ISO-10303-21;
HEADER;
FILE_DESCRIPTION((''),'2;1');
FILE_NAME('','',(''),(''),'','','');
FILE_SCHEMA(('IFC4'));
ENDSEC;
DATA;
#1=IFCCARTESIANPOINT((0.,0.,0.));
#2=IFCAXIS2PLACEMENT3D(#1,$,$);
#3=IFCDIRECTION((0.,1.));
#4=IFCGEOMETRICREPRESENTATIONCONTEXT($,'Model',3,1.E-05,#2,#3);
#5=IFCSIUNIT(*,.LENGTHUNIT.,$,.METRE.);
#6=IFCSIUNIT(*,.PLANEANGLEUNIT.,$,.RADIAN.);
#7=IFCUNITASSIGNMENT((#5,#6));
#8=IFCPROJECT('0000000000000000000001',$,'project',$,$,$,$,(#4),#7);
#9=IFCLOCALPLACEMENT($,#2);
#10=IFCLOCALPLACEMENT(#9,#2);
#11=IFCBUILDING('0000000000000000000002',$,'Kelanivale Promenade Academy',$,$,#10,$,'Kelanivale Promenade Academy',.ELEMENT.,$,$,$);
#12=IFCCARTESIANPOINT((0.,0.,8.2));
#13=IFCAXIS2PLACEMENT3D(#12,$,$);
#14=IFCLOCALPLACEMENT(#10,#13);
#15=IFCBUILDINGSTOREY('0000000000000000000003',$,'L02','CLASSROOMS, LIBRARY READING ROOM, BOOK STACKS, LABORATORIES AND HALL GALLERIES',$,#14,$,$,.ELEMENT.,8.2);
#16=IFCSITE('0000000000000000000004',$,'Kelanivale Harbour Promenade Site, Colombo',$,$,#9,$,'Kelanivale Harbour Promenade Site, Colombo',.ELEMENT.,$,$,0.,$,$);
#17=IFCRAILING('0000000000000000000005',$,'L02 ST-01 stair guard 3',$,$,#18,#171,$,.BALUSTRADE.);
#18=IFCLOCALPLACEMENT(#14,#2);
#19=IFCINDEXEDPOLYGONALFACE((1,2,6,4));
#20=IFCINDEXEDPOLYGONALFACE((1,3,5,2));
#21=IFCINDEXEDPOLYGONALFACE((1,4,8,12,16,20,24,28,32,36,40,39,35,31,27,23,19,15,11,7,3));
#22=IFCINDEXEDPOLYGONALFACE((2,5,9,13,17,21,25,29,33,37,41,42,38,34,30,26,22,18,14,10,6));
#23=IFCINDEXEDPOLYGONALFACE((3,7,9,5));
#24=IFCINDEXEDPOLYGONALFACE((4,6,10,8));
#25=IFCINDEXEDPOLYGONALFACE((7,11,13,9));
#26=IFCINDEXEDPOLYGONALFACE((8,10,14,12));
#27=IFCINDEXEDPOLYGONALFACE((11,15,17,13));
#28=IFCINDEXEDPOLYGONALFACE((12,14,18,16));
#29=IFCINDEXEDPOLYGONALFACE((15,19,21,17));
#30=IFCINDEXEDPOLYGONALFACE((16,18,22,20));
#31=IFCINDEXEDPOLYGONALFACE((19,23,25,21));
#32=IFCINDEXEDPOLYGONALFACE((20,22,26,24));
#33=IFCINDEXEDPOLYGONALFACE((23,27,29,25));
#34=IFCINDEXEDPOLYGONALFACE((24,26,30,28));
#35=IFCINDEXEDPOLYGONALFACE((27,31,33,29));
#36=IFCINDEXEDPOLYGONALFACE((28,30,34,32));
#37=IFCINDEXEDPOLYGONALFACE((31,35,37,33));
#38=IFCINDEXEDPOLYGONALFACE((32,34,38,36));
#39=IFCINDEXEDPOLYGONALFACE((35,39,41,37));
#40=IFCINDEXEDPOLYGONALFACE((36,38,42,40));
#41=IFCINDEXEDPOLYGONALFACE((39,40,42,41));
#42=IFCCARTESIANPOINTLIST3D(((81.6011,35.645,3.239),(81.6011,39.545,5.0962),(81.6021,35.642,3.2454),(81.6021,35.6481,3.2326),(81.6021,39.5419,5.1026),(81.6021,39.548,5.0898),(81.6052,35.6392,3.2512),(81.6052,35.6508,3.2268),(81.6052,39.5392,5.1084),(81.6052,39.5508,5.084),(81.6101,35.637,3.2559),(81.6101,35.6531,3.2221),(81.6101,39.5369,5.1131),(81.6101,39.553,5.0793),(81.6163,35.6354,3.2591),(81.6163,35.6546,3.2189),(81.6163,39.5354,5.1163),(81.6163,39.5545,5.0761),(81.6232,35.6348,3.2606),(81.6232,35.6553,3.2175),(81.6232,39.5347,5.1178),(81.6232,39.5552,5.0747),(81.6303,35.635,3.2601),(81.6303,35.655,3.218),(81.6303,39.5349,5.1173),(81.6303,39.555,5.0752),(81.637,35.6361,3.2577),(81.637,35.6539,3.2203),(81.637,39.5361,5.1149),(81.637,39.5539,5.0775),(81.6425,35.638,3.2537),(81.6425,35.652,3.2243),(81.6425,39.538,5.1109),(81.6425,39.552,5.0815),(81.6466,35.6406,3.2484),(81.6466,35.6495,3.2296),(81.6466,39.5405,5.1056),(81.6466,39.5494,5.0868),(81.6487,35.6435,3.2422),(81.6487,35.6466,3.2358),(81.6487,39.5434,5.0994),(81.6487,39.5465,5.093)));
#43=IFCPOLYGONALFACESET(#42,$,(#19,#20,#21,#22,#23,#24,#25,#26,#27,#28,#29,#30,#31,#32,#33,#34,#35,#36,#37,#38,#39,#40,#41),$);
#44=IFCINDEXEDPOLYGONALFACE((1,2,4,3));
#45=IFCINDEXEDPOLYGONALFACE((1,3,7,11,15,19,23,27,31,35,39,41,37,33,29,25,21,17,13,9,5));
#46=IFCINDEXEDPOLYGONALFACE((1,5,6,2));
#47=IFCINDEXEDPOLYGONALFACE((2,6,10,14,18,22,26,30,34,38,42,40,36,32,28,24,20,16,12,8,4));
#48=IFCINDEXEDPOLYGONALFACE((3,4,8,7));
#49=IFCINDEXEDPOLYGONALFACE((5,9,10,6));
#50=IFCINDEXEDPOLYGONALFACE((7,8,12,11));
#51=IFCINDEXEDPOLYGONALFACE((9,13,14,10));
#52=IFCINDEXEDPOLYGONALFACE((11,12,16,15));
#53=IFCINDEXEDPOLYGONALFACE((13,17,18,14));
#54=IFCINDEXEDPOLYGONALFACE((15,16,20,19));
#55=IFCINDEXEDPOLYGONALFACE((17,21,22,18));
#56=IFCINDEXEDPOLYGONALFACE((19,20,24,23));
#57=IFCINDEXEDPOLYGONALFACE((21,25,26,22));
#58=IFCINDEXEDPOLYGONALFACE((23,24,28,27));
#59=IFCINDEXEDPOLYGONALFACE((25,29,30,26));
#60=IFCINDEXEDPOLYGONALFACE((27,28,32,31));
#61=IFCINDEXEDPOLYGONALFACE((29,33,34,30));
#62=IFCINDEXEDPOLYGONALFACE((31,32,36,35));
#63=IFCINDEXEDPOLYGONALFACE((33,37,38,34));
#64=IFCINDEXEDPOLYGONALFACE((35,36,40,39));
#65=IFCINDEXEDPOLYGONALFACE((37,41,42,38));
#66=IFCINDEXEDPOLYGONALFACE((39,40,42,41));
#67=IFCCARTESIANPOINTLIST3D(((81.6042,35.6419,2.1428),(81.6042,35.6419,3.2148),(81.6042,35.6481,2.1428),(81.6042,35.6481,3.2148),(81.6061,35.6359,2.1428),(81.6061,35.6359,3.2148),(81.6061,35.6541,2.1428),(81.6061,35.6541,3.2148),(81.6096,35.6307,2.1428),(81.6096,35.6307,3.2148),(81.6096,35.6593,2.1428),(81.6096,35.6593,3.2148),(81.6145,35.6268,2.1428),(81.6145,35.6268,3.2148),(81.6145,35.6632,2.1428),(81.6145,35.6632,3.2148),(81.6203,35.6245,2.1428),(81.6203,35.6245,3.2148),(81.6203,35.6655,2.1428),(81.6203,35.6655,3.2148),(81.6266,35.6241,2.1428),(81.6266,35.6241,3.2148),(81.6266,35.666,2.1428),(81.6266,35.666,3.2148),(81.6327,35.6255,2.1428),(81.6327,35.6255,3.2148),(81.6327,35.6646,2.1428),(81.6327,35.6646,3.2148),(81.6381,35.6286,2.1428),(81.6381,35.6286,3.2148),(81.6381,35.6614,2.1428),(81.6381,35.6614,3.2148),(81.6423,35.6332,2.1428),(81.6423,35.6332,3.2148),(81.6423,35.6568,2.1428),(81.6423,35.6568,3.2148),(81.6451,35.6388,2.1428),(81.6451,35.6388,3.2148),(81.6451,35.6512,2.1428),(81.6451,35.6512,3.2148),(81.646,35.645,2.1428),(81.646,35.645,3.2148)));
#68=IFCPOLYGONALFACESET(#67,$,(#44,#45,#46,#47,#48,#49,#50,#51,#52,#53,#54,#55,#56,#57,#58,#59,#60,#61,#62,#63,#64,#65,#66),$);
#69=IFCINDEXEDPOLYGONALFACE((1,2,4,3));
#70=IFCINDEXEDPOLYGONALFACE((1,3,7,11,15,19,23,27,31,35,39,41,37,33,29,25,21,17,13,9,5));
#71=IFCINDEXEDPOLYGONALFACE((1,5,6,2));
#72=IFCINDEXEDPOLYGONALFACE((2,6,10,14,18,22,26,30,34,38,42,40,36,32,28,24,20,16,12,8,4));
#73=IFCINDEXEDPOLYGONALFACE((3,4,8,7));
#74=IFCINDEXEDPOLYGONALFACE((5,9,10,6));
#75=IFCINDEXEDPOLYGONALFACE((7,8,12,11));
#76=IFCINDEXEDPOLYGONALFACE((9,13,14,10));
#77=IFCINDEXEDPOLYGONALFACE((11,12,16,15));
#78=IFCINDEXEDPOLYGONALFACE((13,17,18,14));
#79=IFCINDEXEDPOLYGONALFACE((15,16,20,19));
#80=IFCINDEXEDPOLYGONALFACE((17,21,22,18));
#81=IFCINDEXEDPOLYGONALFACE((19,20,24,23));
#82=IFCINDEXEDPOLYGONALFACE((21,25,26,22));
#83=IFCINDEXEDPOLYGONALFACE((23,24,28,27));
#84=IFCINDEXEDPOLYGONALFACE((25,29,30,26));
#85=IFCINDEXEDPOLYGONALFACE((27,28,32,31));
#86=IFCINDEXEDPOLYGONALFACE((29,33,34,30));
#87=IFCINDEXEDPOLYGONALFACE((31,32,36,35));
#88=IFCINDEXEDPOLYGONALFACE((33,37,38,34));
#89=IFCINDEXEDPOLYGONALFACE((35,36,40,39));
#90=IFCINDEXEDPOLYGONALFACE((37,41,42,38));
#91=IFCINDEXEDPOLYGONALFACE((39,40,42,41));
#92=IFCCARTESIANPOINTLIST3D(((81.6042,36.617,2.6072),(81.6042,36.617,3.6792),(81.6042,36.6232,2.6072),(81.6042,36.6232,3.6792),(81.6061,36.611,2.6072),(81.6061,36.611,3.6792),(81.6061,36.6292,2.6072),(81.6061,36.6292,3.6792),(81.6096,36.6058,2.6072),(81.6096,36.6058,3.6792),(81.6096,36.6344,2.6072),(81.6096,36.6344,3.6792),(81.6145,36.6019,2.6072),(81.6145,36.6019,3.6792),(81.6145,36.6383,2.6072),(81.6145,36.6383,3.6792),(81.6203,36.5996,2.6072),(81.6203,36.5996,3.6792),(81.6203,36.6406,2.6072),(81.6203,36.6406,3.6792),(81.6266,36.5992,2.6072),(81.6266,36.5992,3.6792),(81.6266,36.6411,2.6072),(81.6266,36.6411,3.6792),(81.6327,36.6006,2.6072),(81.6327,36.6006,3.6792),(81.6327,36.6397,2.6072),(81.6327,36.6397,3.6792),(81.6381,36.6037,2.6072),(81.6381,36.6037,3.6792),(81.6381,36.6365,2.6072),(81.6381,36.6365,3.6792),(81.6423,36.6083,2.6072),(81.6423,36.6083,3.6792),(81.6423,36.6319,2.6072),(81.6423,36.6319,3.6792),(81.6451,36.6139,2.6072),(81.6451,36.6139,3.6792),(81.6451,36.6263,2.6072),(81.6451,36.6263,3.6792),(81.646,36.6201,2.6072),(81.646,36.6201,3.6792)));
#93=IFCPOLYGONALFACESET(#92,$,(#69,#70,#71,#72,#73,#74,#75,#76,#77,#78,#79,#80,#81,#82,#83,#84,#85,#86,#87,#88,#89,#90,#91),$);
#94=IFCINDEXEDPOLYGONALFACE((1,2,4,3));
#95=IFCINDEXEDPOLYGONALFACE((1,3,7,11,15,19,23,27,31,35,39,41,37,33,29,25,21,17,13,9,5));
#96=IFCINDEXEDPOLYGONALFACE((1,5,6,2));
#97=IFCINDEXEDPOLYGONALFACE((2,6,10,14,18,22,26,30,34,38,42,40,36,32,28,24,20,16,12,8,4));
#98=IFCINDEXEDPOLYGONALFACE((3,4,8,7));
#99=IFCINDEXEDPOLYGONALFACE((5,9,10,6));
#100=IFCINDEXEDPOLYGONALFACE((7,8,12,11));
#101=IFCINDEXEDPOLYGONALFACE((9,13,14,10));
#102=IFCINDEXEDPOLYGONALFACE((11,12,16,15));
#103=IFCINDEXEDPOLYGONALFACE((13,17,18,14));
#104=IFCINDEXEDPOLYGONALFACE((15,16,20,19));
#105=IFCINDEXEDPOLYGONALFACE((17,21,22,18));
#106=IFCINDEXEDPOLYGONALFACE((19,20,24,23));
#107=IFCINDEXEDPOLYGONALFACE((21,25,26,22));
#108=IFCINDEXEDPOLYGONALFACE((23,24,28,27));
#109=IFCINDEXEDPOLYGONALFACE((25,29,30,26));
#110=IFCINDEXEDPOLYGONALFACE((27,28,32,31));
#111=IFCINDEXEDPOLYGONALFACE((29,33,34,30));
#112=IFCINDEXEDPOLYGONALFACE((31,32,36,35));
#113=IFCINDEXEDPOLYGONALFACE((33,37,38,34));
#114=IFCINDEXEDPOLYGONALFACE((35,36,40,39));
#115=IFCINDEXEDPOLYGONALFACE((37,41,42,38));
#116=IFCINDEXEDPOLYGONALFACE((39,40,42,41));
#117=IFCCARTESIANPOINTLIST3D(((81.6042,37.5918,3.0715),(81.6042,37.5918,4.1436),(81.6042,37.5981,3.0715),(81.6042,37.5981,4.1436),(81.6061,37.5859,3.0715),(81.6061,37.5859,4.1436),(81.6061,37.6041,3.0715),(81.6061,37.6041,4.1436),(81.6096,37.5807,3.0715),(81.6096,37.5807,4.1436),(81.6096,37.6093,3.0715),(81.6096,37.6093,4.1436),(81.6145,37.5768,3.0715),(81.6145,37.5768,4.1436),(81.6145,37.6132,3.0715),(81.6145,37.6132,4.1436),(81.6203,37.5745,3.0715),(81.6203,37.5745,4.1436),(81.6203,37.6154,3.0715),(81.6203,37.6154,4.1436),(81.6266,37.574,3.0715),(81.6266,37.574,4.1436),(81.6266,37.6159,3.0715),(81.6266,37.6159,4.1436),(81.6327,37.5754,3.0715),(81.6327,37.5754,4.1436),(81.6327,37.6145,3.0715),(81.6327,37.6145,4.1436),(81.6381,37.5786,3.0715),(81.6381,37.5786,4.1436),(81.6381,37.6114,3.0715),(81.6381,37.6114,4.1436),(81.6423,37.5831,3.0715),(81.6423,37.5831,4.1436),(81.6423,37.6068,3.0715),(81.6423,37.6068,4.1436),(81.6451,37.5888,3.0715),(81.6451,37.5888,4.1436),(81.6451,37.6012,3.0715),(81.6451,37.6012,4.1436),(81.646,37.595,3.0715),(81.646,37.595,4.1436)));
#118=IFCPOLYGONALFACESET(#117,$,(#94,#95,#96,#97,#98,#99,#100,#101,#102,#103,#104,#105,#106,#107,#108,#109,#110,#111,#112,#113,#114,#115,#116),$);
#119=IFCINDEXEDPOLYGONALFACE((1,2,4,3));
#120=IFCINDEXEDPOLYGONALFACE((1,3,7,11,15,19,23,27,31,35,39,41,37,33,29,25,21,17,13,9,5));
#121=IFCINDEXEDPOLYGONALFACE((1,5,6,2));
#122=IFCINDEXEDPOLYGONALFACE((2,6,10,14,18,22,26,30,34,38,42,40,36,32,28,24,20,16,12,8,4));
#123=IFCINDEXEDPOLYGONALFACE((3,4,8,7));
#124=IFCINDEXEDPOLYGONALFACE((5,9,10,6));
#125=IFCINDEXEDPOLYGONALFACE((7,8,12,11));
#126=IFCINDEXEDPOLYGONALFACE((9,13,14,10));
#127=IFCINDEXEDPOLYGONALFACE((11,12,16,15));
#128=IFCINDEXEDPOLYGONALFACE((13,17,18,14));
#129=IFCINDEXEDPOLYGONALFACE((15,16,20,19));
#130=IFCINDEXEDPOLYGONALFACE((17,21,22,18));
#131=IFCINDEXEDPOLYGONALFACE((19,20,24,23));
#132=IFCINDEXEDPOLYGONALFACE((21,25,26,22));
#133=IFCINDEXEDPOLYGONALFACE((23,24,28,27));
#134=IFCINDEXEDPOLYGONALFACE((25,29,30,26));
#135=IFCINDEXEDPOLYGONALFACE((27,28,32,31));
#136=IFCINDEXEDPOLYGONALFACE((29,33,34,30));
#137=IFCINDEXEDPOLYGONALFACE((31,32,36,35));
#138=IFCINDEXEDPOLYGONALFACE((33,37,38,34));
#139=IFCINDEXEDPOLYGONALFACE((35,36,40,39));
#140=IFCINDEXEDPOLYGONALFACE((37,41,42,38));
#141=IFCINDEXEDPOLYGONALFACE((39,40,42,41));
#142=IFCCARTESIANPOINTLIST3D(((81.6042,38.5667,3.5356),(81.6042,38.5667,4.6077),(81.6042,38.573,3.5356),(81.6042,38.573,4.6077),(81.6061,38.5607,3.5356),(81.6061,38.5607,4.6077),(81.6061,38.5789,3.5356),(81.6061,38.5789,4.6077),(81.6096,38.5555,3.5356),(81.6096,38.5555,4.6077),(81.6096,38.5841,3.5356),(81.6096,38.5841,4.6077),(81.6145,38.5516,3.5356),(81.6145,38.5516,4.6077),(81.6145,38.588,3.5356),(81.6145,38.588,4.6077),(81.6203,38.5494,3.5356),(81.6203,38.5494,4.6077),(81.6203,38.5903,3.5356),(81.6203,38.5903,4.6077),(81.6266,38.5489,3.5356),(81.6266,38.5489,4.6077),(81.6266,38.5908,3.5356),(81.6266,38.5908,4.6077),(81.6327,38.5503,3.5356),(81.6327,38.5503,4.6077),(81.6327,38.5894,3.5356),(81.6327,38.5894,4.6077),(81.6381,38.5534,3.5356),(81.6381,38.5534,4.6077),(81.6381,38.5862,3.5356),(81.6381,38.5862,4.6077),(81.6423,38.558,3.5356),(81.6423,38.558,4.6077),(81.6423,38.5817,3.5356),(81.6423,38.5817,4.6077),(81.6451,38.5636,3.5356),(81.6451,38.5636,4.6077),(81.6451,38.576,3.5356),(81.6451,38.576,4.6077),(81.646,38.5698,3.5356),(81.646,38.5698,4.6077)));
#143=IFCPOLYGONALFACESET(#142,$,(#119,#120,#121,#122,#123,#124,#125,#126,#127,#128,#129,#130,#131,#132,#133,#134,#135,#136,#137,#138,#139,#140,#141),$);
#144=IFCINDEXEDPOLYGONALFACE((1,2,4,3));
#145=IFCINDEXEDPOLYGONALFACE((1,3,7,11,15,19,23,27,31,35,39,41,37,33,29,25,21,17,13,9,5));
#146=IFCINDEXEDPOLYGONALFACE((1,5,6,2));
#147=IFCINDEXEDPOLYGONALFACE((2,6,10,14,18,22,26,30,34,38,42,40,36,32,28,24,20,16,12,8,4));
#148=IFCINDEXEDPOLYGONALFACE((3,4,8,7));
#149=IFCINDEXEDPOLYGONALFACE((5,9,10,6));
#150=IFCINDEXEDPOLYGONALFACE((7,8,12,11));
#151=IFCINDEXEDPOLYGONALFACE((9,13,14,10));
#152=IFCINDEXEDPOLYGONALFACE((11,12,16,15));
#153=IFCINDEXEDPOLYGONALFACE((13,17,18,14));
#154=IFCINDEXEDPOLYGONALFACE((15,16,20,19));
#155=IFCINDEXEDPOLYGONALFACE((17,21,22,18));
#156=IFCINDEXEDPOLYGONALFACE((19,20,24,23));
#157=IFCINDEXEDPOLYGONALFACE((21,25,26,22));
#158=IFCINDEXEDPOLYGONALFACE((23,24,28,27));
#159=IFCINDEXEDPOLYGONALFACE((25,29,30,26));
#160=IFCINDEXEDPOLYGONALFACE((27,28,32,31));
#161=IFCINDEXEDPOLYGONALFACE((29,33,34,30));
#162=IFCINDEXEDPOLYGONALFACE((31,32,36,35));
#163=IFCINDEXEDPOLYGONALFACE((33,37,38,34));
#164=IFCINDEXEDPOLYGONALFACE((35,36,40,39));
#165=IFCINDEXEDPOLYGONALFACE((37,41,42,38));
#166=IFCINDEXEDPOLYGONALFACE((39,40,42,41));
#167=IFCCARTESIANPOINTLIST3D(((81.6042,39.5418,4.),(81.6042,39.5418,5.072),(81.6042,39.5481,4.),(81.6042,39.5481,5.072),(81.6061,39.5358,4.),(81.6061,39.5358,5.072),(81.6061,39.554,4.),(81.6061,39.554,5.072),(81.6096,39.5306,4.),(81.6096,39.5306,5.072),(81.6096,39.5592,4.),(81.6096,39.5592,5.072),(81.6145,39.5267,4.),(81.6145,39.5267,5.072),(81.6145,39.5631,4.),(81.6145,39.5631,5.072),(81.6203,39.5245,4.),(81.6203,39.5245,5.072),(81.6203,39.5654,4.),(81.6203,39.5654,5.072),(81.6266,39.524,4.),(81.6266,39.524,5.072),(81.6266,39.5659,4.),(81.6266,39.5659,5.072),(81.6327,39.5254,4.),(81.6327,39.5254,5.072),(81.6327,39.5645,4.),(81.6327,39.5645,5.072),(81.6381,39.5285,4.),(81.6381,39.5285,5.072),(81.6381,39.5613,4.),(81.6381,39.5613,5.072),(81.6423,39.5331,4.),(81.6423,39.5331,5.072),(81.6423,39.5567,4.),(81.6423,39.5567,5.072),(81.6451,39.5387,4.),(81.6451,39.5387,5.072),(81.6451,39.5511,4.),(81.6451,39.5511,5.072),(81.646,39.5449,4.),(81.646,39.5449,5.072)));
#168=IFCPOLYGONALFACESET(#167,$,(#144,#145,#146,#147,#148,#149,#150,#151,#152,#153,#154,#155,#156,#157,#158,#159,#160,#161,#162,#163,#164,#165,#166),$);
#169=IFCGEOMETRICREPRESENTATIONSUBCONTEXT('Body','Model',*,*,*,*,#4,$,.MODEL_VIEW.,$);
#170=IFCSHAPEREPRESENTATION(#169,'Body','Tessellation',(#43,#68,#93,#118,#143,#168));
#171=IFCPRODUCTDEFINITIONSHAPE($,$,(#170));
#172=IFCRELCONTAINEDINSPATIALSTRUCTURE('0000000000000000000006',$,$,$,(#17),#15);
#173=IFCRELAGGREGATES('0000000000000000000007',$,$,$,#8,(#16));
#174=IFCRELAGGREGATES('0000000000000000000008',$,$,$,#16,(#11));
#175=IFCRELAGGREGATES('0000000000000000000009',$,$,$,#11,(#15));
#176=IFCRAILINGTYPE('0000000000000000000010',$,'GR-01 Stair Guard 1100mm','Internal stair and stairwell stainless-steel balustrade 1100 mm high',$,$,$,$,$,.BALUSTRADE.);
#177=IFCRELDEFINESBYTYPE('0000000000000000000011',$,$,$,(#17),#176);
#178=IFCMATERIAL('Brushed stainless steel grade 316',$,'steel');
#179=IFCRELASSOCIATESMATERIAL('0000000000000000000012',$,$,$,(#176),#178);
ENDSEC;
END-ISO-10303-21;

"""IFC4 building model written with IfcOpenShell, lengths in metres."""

from ifc_helpers import new_model, si_unit, direction, frame, origin, origin_2d, place, context, subcontext, project, spatial, circle, extrude, material, type_object, element, save


model = new_model("IFC4")

# Units and contexts
model_context = context("Model", 3, precision=1e-05, world=origin(), true_north=direction((0.0, 1.0)))
body_context = subcontext(model_context, "Body", "Model", "MODEL_VIEW")
ifc_project = project(units=[si_unit("LENGTHUNIT", "METRE"), si_unit("PLANEANGLEUNIT", "RADIAN")], contexts=[model_context])

# Site, building, storey
site_placement = place(None, origin())
site = spatial("IfcSite", under=ifc_project, at=site_placement, Name="Kelanivale Harbour Promenade Site, Colombo", LongName="Kelanivale Harbour Promenade Site, Colombo", CompositionType="ELEMENT", RefElevation=0.0)
building_placement = place(site_placement, origin())
building = spatial("IfcBuilding", under=site, at=building_placement, Name="Kelanivale Promenade Academy", LongName="Kelanivale Promenade Academy", CompositionType="ELEMENT")
storey_placement = place(building_placement, frame((0.0, 0.0, 8.2)))
storey = spatial("IfcBuildingStorey", under=building, at=storey_placement, Name="L02", Description="CLASSROOMS, LIBRARY READING ROOM, BOOK STACKS, LABORATORIES AND HALL GALLERIES", CompositionType="ELEMENT", Elevation=8.2)

# Railing
ifc_material_1 = material(Name="Brushed stainless steel grade 316", Category="steel")
railing_type_1 = type_object("IfcRailingType", Name="GR-01 Stair Guard 1100mm", Description="Internal stair and stairwell stainless-steel balustrade 1100 mm high", PredefinedType="BALUSTRADE", material=ifc_material_1)
railing_1_placement = place(storey_placement, frame((81.625, 35.645, 2.1428)))
element("IfcRailing", 1, at=railing_1_placement, inside=storey, type_object=railing_type_1, Name="L02 ST-01 stair guard 3", PredefinedType="BALUSTRADE", context=body_context, shape_type="SweptSolid", body=[
    extrude(circle(Radius=0.0239, at=origin_2d()), frame((0.0, 0.0, 1.0962), z_axis=(0.0, 0.902853, 0.429949), x_axis=(-1.0, 0.0, 0.0)), (0.0, 0.0, 1.0), 4.3196),
    extrude(circle(Radius=0.021, at=origin_2d()), origin(), (0.0, 0.0, 1.0), 1.072),
    extrude(circle(Radius=0.021, at=origin_2d()), frame((0.0, 0.9751, 0.4644)), (0.0, 0.0, 1.0), 1.072),
    extrude(circle(Radius=0.021, at=origin_2d()), frame((0.0, 1.95, 0.9287)), (0.0, 0.0, 1.0), 1.072),
    extrude(circle(Radius=0.021, at=origin_2d()), frame((0.0, 2.9248, 1.3928)), (0.0, 0.0, 1.0), 1.072),
    extrude(circle(Radius=0.021, at=origin_2d()), frame((0.0, 3.8999, 1.8572)), (0.0, 0.0, 1.0), 1.072),
])

save(model, "model.ifc")
